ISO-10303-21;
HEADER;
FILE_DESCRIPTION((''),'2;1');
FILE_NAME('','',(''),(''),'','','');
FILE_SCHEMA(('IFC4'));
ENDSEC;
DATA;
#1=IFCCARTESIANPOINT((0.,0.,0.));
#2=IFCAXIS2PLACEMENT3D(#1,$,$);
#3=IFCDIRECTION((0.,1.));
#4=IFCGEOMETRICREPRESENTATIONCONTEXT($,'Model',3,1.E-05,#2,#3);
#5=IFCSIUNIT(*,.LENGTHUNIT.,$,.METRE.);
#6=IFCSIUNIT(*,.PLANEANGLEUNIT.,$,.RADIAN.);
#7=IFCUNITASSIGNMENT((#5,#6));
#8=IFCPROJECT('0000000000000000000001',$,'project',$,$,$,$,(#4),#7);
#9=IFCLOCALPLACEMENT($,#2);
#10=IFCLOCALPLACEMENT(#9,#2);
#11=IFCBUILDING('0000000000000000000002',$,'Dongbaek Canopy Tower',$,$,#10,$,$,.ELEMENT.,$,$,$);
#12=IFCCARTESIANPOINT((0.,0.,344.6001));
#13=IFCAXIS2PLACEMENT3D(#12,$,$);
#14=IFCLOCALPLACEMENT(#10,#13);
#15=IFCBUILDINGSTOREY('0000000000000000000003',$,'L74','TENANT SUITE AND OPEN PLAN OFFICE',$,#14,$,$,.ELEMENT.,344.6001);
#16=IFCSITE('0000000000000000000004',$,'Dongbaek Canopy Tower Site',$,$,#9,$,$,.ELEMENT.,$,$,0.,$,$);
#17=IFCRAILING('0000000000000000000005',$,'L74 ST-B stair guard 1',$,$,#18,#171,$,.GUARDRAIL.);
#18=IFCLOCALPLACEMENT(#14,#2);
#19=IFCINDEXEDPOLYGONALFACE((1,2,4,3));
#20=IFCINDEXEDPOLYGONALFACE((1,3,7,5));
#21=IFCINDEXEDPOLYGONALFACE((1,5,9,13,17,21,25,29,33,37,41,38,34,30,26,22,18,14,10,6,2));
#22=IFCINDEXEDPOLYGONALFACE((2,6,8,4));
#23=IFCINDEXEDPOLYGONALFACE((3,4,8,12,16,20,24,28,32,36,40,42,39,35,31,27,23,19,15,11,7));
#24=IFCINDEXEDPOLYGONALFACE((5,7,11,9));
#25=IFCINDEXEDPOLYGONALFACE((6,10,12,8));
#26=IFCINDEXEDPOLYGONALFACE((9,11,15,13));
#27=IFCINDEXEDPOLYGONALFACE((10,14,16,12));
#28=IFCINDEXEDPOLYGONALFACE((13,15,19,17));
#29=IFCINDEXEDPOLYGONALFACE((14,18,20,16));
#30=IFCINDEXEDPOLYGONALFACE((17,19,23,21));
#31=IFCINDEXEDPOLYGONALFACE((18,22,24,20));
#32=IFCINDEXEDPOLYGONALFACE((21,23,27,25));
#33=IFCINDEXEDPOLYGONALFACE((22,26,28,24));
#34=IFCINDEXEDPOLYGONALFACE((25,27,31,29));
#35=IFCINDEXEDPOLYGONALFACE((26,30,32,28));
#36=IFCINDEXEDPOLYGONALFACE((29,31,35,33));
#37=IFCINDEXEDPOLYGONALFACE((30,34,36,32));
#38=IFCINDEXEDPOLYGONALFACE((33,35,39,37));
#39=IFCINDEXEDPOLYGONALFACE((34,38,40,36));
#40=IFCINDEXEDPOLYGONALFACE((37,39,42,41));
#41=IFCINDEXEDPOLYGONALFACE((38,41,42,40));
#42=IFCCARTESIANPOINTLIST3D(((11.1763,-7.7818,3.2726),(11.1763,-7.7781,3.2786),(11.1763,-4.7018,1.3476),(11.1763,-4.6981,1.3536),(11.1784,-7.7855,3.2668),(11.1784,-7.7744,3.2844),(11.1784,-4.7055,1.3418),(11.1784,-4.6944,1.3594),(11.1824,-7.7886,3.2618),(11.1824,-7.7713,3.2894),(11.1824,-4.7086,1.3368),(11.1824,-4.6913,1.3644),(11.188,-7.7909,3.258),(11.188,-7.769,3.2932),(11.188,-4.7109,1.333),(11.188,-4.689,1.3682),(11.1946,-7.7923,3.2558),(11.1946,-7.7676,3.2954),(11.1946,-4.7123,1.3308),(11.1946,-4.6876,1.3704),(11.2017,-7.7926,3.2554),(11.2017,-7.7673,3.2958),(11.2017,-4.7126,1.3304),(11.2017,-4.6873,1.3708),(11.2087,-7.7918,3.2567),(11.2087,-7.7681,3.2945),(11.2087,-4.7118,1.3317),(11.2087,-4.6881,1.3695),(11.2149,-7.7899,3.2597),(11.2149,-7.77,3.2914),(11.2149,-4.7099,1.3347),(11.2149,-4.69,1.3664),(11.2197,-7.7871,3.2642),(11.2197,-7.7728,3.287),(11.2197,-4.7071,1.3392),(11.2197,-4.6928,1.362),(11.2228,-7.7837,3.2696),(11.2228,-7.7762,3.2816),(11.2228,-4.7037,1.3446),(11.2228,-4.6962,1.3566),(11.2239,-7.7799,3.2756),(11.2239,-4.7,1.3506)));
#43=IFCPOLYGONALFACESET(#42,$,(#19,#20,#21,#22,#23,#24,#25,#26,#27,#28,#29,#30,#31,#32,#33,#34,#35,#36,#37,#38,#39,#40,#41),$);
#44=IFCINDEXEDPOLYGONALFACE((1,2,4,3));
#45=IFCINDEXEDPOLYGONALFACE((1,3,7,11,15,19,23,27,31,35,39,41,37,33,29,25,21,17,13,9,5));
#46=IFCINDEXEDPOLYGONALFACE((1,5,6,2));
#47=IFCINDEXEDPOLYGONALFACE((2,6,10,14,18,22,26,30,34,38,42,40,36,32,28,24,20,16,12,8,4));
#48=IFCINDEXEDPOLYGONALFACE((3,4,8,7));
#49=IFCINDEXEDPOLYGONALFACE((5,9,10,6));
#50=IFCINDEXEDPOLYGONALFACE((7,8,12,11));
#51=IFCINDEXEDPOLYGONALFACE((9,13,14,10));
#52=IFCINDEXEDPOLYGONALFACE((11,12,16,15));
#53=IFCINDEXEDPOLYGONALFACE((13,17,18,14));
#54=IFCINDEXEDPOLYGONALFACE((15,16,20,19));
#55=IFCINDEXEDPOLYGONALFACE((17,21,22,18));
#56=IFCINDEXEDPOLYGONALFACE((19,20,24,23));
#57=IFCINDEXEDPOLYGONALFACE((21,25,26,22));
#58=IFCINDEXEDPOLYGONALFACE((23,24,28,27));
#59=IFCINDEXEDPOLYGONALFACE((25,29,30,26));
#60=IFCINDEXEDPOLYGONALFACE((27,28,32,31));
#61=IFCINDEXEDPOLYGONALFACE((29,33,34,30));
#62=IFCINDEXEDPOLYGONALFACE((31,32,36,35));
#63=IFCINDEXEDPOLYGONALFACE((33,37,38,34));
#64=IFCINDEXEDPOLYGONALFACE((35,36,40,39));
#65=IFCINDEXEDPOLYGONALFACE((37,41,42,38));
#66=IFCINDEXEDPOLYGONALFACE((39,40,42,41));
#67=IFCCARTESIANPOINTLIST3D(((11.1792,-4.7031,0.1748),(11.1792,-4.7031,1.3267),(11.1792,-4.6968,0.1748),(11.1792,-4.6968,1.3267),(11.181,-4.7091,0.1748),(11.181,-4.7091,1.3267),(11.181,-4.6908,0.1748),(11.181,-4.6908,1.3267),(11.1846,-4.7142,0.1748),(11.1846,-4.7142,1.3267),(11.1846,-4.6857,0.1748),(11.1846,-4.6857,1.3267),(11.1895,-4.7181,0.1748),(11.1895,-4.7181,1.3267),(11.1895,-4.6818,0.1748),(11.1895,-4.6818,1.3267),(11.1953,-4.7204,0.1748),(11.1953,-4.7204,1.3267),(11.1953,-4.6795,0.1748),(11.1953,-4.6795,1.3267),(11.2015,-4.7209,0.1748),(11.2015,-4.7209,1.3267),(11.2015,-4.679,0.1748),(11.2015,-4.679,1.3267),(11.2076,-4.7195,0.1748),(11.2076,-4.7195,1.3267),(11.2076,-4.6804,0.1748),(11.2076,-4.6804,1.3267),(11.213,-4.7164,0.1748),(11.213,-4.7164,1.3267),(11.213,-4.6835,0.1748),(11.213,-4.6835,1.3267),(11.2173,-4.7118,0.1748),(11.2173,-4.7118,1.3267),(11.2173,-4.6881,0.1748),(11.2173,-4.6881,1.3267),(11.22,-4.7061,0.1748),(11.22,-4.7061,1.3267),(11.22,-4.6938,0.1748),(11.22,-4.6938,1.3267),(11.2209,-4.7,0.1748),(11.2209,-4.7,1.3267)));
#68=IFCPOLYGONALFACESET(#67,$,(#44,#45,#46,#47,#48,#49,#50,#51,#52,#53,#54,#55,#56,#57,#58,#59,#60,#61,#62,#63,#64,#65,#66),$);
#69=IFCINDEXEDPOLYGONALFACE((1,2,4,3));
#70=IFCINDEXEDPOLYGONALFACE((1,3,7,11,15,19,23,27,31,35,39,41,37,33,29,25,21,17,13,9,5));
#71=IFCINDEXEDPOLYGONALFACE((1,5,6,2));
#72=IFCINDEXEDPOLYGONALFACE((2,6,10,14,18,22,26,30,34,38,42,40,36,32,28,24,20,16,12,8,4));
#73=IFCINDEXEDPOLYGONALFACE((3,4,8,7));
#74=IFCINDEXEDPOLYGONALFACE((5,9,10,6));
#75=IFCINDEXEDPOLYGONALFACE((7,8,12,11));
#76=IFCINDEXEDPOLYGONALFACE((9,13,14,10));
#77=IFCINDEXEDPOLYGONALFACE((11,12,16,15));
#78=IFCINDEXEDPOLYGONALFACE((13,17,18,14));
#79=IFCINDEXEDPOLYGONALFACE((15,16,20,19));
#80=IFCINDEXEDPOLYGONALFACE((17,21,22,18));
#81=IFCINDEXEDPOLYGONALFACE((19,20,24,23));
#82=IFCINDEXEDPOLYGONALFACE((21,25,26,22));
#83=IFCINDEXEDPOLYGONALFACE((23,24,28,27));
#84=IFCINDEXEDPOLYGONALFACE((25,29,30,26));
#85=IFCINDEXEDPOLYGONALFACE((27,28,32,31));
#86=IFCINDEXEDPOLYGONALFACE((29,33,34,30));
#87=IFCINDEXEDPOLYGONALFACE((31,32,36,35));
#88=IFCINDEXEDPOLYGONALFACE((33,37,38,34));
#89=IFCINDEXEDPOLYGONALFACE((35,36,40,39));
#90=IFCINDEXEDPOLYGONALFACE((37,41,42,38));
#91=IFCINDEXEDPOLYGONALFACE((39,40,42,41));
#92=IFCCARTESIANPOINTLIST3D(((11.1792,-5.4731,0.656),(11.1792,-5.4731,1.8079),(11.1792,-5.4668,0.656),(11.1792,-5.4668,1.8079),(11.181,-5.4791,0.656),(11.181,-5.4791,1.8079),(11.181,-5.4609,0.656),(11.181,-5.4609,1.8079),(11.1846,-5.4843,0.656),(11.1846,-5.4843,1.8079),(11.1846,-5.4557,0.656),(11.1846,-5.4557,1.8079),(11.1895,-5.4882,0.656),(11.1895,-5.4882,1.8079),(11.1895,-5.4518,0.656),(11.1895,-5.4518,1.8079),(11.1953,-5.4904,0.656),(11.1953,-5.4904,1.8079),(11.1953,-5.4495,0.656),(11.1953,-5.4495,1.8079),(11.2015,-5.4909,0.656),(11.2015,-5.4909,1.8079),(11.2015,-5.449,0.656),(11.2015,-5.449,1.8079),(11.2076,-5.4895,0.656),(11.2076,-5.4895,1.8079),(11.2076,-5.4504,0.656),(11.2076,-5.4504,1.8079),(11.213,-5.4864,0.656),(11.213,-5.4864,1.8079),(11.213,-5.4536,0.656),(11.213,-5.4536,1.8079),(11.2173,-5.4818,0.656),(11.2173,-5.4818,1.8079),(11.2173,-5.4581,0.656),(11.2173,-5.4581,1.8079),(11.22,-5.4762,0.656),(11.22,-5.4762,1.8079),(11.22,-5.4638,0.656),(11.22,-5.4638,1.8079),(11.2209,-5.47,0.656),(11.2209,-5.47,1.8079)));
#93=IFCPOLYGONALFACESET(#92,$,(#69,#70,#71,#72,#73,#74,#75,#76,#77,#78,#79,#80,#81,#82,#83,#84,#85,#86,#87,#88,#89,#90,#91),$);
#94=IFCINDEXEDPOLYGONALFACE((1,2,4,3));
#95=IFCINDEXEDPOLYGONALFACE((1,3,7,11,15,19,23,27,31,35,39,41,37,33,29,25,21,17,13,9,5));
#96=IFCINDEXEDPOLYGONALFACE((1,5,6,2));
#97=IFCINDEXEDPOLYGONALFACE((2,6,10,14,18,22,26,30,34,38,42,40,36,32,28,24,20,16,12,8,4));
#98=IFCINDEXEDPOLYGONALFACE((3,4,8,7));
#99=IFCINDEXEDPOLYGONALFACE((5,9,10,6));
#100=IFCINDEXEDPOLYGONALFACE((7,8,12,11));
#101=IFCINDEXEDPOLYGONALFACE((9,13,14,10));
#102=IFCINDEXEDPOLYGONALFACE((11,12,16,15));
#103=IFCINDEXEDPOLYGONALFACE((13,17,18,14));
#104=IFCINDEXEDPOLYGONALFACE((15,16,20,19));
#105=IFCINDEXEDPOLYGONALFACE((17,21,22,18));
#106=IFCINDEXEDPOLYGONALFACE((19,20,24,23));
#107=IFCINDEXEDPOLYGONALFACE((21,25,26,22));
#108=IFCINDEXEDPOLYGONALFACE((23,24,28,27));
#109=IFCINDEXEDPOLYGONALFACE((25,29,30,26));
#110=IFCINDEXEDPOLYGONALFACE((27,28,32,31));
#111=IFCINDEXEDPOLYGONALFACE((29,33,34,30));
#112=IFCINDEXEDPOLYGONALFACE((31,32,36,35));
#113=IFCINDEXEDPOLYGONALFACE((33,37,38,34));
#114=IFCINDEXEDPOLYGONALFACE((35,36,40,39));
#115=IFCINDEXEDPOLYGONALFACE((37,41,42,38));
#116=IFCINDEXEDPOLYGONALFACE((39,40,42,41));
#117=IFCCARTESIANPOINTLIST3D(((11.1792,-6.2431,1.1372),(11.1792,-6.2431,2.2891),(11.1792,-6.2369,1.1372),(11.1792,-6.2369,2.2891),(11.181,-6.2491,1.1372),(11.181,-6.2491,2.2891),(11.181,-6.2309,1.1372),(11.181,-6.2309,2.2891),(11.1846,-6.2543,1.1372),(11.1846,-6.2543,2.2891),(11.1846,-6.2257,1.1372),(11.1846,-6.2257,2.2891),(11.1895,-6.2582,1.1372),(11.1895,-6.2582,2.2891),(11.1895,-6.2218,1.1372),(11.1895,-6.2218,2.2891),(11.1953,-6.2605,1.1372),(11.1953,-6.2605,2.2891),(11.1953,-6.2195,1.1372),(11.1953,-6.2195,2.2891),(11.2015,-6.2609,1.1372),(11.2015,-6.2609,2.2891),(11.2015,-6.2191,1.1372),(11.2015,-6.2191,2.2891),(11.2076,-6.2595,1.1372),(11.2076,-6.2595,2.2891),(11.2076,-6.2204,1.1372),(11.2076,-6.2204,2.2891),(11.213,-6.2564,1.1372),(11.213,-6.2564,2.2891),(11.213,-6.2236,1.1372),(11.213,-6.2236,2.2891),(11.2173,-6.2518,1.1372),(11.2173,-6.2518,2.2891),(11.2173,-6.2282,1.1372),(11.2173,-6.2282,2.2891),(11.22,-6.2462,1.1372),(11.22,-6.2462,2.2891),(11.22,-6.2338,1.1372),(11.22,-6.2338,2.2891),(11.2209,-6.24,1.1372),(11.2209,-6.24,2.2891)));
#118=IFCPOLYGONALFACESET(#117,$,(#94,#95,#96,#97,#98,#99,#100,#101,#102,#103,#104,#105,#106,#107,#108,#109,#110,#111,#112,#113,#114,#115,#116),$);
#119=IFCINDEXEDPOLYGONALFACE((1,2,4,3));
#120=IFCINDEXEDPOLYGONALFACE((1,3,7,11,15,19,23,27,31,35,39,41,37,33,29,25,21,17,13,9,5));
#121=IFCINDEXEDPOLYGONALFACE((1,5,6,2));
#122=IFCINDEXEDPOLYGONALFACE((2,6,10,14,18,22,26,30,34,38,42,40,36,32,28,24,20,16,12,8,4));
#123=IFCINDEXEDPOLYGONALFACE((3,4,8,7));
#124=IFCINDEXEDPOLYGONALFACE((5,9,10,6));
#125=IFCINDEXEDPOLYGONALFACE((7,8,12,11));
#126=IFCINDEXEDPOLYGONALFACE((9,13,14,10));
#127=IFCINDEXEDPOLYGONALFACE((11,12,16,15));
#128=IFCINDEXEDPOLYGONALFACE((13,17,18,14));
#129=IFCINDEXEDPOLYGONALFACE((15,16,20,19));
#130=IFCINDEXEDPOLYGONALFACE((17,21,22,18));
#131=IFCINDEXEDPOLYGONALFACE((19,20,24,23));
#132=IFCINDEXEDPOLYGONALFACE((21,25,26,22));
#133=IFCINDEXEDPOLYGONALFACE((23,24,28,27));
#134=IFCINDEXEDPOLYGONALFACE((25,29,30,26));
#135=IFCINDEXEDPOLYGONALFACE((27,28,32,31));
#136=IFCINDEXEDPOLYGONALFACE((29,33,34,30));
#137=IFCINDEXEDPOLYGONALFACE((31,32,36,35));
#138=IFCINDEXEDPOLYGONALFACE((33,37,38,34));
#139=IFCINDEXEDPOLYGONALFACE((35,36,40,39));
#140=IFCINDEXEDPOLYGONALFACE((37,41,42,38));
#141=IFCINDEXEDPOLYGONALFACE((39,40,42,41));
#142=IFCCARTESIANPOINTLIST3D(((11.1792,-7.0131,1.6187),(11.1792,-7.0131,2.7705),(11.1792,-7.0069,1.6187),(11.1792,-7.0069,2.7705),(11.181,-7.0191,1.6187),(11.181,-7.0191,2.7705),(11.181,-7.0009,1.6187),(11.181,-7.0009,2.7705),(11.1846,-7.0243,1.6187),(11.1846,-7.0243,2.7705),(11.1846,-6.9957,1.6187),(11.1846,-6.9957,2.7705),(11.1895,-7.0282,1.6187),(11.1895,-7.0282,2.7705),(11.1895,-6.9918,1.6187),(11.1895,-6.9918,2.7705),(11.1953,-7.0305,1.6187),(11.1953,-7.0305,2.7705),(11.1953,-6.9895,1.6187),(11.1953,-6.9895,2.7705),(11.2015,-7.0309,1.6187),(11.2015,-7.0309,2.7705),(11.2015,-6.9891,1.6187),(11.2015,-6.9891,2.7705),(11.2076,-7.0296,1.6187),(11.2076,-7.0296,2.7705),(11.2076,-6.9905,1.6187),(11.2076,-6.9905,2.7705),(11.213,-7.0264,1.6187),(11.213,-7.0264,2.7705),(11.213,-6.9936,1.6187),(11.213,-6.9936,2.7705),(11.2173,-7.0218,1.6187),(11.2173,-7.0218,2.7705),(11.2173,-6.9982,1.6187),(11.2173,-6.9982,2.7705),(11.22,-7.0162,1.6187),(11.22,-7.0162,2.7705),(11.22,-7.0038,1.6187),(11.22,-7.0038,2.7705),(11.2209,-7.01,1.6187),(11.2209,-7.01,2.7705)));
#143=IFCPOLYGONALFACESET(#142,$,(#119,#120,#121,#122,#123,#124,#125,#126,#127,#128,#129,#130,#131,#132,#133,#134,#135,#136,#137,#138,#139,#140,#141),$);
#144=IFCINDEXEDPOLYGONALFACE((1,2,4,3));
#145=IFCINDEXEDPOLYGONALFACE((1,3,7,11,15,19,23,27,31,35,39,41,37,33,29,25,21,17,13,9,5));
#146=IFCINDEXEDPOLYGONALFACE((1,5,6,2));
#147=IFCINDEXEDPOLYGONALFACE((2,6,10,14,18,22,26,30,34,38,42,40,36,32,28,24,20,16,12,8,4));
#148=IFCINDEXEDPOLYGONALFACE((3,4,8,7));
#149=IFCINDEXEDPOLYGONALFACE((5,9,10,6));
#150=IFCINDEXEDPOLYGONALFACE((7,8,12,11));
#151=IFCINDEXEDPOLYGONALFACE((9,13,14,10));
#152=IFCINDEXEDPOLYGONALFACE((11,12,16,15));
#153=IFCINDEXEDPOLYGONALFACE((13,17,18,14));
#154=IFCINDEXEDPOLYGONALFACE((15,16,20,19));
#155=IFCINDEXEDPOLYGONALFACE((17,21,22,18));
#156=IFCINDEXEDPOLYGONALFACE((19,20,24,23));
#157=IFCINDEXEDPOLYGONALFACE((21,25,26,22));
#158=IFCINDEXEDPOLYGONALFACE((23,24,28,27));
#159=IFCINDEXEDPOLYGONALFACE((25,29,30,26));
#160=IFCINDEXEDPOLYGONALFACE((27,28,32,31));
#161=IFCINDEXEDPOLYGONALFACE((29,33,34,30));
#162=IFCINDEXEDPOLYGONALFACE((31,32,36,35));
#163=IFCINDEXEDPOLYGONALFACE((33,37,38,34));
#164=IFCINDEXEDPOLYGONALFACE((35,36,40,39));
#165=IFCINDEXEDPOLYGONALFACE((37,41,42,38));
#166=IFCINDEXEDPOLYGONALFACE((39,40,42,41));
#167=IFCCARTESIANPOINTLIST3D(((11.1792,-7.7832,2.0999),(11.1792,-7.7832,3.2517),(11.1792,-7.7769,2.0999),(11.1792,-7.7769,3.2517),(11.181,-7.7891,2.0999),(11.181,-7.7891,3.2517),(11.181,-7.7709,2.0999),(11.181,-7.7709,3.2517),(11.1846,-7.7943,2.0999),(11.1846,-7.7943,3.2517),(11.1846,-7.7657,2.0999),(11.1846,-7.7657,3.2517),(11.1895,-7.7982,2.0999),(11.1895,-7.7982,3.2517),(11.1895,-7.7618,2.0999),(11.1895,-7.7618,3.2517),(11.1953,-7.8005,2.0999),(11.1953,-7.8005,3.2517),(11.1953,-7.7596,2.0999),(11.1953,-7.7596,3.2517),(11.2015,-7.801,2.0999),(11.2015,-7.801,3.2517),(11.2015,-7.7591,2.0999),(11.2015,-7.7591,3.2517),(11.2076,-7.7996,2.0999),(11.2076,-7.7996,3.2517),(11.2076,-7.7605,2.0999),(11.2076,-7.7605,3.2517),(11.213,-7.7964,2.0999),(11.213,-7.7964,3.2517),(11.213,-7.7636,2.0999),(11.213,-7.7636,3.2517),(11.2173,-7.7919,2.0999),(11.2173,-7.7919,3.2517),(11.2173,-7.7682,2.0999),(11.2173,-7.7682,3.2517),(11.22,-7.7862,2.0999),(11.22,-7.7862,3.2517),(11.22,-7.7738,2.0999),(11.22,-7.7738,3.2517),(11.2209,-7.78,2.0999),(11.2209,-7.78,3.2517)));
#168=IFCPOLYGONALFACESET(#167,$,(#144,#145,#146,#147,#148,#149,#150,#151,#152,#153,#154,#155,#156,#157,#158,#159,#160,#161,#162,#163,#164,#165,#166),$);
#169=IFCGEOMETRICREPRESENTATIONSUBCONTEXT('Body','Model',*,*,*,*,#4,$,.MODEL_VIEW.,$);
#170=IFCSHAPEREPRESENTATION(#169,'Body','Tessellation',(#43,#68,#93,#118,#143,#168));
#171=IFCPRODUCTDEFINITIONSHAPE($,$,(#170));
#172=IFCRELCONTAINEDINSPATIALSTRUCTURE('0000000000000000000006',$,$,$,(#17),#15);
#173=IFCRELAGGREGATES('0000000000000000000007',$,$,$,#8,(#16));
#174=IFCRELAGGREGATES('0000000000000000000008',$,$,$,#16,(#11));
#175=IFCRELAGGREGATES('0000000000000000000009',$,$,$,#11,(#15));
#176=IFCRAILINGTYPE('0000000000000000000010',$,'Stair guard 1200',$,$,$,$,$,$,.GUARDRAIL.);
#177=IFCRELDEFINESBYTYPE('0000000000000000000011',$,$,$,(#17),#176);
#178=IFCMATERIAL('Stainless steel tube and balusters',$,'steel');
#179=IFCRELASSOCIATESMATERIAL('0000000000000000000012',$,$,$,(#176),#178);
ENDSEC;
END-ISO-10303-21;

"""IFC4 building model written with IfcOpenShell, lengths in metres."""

from ifc_helpers import new_model, si_unit, direction, frame, origin, origin_2d, place, context, subcontext, project, spatial, circle, extrude, material, type_object, element, save


model = new_model("IFC4")

# Units and contexts
model_context = context("Model", 3, precision=1e-05, world=origin(), true_north=direction((0.0, 1.0)))
body_context = subcontext(model_context, "Body", "Model", "MODEL_VIEW")
ifc_project = project(units=[si_unit("LENGTHUNIT", "METRE"), si_unit("PLANEANGLEUNIT", "RADIAN")], contexts=[model_context])

# Site, building, storey
site_placement = place(None, origin())
site = spatial("IfcSite", under=ifc_project, at=site_placement, Name="Dongbaek Canopy Tower Site", CompositionType="ELEMENT", RefElevation=0.0)
building_placement = place(site_placement, origin())
building = spatial("IfcBuilding", under=site, at=building_placement, Name="Dongbaek Canopy Tower", CompositionType="ELEMENT")
storey_placement = place(building_placement, frame((0.0, 0.0, 344.6001)))
storey = spatial("IfcBuildingStorey", under=building, at=storey_placement, Name="L74", Description="TENANT SUITE AND OPEN PLAN OFFICE", CompositionType="ELEMENT", Elevation=344.6001)

# Railing
ifc_material_1 = material(Name="Stainless steel tube and balusters", Category="steel")
railing_type_1 = type_object("IfcRailingType", Name="Stair guard 1200", PredefinedType="GUARDRAIL", material=ifc_material_1)
railing_1_placement = place(storey_placement, frame((11.2, -4.7, 0.1748)))
element("IfcRailing", 1, at=railing_1_placement, inside=storey, type_object=railing_type_1, Name="L74 ST-B stair guard 1", PredefinedType="GUARDRAIL", context=body_context, shape_type="SweptSolid", body=[
    extrude(circle(Radius=0.0239, at=origin_2d()), frame((0.0, 0.0, 1.1758), z_axis=(0.0, -0.847998, 0.529999), x_axis=(1.0, 0.0, 0.0)), (0.0, 0.0, 1.0), 3.6321),
    extrude(circle(Radius=0.021, at=origin_2d()), origin(), (0.0, 0.0, 1.0), 1.1519),
    extrude(circle(Radius=0.021, at=origin_2d()), frame((0.0, -0.77, 0.4812)), (0.0, 0.0, 1.0), 1.1519),
    extrude(circle(Radius=0.021, at=origin_2d()), frame((0.0, -1.54, 0.9624)), (0.0, 0.0, 1.0), 1.1519),
    extrude(circle(Radius=0.021, at=origin_2d()), frame((0.0, -2.3101, 1.4438)), (0.0, 0.0, 1.0), 1.1519),
    extrude(circle(Radius=0.021, at=origin_2d()), frame((0.0, -3.0801, 1.925)), (0.0, 0.0, 1.0), 1.1519),
])

save(model, "model.ifc")
